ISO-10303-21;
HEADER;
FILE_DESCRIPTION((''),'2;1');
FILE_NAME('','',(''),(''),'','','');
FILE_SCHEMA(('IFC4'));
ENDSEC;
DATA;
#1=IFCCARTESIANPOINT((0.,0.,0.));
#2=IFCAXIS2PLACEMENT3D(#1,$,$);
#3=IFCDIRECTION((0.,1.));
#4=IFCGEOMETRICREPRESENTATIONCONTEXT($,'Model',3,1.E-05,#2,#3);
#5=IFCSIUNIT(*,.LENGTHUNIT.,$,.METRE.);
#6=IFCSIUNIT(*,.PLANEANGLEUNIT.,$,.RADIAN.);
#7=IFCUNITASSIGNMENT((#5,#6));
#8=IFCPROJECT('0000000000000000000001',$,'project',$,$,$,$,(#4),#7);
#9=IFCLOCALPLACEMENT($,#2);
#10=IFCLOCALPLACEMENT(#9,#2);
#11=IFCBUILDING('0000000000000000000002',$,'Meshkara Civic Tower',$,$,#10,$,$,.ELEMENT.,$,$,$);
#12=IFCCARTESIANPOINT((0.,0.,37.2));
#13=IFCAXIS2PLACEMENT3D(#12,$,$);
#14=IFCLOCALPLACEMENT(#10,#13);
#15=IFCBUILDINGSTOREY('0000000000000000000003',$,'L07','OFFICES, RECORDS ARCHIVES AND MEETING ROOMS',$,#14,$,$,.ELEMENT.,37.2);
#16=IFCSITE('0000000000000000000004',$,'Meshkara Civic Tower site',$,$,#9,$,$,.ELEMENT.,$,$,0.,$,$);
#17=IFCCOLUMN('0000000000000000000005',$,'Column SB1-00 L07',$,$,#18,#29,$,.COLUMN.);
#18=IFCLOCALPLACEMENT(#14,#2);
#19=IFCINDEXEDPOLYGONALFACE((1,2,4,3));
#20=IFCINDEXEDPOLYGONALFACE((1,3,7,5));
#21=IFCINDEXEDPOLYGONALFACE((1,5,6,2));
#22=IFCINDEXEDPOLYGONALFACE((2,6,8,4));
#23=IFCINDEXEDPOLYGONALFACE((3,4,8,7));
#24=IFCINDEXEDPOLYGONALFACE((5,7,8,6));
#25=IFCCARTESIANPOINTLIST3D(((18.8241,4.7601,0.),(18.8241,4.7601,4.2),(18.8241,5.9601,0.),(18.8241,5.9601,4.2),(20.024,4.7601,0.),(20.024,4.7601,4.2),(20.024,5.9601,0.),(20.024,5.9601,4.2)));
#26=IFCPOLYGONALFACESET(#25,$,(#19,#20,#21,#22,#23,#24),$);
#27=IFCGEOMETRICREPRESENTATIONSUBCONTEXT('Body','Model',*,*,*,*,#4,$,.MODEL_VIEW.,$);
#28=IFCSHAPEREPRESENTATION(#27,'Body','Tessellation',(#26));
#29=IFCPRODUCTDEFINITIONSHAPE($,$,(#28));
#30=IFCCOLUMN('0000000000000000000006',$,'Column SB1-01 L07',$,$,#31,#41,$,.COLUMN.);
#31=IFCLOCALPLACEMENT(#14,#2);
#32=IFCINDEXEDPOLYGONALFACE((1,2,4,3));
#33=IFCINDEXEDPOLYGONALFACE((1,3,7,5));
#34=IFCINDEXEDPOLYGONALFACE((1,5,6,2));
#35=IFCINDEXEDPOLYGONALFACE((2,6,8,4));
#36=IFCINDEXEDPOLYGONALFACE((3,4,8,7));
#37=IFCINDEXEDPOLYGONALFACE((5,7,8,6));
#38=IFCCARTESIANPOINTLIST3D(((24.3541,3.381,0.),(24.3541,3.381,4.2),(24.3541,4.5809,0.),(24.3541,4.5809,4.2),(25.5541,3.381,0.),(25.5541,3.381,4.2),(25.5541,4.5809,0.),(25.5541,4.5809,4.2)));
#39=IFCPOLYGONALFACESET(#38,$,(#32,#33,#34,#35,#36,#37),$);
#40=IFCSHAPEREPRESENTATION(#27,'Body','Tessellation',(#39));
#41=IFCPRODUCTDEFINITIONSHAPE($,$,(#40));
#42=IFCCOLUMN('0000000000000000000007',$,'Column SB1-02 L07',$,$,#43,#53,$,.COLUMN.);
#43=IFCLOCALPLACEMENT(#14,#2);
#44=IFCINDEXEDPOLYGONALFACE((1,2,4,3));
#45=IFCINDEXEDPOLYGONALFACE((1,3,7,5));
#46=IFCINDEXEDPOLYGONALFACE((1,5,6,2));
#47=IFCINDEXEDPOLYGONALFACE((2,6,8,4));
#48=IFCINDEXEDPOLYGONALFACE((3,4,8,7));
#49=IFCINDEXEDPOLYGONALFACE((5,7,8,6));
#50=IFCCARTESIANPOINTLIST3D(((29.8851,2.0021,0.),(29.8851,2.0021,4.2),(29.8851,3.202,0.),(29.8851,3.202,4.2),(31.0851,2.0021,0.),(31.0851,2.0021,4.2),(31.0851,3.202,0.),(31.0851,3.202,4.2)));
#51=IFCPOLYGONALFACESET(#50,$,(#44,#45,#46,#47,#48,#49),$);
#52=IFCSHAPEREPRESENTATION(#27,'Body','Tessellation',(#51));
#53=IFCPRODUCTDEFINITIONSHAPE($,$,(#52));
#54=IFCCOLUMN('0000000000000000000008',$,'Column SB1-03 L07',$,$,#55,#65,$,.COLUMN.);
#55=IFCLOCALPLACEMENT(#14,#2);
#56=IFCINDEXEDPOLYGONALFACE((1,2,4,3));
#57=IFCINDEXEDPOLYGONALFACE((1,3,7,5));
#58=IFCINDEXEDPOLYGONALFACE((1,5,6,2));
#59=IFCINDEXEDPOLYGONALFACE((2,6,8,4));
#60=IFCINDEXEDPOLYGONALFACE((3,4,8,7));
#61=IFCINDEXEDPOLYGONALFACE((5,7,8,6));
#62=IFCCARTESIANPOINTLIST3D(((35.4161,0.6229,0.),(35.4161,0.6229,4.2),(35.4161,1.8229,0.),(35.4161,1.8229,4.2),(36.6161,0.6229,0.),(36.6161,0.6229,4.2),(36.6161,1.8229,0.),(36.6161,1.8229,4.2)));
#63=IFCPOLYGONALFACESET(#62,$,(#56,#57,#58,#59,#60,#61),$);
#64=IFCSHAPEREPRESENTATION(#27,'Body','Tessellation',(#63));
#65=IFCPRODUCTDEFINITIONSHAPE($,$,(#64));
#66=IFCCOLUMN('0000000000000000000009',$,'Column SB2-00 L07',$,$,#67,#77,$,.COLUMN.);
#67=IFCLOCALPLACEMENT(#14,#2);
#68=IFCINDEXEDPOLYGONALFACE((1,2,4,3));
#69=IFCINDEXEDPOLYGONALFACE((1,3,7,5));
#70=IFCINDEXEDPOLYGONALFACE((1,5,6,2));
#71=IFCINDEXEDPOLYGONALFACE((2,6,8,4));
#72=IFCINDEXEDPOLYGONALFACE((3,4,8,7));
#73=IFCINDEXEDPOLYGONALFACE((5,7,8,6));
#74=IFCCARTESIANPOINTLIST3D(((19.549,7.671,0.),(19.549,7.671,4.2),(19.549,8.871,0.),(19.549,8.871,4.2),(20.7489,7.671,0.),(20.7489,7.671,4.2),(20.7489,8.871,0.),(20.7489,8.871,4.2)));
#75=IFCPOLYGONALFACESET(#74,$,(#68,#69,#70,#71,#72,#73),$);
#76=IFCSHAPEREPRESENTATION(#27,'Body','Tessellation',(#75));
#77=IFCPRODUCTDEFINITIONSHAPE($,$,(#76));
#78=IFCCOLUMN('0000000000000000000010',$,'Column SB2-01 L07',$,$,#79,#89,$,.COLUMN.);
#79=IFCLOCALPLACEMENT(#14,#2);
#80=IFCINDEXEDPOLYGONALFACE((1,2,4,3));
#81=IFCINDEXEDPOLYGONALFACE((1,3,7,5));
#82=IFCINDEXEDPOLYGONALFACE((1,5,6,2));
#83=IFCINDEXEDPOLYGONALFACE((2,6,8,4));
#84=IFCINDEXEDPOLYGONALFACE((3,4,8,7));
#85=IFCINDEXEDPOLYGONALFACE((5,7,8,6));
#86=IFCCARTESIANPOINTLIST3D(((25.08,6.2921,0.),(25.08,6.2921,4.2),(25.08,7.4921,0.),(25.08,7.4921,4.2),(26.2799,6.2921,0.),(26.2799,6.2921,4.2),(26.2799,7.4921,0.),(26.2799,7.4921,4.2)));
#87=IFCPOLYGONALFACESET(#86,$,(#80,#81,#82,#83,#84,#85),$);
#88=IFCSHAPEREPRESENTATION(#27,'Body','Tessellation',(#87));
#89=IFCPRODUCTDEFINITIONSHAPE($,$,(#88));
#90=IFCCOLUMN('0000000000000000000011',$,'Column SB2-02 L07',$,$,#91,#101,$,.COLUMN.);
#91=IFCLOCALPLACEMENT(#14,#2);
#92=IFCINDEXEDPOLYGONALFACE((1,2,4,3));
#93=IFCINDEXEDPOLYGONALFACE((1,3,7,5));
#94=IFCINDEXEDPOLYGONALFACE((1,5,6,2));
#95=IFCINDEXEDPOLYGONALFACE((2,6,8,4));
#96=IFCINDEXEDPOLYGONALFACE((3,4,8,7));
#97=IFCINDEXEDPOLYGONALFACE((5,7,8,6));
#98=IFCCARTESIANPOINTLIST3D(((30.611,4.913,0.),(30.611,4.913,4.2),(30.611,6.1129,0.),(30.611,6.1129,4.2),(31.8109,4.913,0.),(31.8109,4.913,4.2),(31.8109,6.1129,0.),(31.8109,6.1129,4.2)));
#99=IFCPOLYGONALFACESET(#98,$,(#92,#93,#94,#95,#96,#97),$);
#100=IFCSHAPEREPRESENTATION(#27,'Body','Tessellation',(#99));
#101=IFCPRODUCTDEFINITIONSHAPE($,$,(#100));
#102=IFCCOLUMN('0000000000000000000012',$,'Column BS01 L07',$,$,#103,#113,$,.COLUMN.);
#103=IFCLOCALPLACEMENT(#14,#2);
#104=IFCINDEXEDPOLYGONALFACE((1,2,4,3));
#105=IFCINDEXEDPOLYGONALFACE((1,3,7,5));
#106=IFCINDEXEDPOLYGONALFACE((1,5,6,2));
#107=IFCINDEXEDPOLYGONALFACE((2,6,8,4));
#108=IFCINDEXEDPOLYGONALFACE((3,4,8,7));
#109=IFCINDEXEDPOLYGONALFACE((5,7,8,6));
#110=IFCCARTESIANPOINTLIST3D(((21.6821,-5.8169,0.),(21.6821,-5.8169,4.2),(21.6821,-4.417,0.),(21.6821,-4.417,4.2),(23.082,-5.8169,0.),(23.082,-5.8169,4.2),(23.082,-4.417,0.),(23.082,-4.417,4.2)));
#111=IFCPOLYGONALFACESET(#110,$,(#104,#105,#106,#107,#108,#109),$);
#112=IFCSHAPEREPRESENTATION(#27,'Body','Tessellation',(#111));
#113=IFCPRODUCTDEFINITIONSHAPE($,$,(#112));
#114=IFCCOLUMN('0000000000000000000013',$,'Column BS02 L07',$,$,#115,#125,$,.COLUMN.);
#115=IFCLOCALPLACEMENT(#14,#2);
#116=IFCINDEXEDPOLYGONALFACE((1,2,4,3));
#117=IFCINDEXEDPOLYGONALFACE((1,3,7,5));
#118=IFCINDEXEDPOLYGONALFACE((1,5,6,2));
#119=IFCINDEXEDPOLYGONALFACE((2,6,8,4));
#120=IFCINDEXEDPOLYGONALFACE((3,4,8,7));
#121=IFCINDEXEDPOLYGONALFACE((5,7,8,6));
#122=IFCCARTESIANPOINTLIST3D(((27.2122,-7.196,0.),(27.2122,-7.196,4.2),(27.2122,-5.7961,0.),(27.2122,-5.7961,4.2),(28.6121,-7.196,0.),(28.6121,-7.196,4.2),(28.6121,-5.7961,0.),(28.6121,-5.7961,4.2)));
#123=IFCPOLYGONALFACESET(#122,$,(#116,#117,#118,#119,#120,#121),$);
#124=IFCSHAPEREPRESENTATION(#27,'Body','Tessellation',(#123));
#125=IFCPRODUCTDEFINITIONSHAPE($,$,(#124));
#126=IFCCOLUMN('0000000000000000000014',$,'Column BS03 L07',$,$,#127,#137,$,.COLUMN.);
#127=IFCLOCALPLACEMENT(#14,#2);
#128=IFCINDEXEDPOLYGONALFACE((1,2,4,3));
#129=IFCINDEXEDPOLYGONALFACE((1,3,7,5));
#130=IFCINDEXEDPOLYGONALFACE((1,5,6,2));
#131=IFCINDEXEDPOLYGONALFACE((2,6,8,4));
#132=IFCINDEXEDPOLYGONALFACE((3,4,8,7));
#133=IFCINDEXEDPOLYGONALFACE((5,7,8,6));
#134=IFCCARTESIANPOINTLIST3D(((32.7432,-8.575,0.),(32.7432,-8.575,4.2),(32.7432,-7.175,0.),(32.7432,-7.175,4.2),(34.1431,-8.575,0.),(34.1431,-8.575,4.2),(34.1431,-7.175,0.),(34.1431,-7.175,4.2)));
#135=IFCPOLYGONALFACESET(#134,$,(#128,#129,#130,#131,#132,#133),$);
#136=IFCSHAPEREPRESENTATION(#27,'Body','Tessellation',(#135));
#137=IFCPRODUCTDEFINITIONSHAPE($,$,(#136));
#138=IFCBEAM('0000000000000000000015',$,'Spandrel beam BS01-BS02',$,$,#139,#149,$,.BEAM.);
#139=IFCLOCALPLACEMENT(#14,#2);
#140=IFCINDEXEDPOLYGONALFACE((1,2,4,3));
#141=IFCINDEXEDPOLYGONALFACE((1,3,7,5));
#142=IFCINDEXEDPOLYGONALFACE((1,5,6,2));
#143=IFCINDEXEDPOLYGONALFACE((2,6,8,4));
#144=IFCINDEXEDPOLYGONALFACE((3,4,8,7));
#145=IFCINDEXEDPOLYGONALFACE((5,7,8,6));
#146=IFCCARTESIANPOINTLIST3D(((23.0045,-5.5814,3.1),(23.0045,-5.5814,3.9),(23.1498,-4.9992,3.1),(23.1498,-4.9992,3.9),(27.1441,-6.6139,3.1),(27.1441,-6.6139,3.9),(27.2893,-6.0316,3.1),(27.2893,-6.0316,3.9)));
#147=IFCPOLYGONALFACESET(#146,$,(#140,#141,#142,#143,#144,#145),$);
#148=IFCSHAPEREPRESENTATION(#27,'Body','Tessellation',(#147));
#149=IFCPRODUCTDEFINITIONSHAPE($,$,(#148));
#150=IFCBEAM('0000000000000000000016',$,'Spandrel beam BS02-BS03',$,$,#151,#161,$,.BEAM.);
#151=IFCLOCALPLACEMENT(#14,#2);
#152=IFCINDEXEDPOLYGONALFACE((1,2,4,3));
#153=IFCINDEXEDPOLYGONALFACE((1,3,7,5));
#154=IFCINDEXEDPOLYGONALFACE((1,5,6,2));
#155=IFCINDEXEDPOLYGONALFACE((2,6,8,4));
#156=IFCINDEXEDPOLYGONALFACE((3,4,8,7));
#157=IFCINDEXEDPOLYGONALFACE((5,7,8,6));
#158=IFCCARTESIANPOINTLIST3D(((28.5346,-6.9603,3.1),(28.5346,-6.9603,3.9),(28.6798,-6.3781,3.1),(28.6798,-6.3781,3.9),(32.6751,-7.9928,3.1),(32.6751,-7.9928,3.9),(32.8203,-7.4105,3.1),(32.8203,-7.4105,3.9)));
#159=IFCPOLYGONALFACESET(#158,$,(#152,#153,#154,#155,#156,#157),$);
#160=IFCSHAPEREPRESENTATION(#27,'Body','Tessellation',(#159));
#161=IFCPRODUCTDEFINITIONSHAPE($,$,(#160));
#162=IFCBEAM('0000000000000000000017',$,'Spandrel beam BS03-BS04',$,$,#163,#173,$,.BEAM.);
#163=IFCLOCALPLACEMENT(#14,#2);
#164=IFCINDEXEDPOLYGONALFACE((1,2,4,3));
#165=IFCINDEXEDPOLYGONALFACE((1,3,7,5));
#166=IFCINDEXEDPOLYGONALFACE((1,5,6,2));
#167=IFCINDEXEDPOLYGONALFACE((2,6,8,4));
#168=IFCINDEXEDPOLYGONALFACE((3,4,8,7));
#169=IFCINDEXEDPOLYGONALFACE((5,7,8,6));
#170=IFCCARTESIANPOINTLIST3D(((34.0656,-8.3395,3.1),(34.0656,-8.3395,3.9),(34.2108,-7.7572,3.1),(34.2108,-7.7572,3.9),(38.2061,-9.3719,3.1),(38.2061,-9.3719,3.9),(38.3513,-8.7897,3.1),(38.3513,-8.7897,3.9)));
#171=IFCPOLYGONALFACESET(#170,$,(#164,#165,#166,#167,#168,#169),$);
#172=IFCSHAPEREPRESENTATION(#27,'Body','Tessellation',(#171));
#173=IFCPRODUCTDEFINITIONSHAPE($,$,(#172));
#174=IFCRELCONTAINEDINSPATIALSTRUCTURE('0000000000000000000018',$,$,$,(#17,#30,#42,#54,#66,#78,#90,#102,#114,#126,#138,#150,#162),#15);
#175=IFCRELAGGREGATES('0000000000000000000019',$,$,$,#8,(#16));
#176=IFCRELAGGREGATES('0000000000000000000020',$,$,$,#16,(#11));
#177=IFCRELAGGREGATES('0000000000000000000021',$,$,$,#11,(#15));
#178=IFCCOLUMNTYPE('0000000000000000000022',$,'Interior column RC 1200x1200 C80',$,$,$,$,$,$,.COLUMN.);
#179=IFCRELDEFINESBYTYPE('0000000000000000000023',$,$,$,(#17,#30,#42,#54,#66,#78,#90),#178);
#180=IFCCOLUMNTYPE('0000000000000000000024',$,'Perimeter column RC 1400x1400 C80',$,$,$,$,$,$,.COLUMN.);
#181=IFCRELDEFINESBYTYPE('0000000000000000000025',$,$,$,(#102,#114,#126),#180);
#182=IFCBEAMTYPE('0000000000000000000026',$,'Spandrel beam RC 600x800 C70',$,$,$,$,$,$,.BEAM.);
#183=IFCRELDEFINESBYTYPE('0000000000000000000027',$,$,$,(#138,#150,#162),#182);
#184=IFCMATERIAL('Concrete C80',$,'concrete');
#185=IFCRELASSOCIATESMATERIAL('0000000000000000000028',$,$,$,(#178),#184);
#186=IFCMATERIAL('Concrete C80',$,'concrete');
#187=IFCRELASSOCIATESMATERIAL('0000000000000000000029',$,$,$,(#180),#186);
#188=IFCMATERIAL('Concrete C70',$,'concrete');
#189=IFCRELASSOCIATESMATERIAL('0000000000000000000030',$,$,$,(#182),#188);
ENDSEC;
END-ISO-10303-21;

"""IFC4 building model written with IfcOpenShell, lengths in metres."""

from ifc_helpers import new_model, si_unit, direction, frame, origin, origin_2d, place, context, subcontext, project, spatial, rectangle, extrude, material, material_profile, profile_set, type_object, element, save


model = new_model("IFC4")

# Units and contexts
model_context = context("Model", 3, precision=1e-05, world=origin(), true_north=direction((0.0, 1.0)))
body_context = subcontext(model_context, "Body", "Model", "MODEL_VIEW")
ifc_project = project(units=[si_unit("LENGTHUNIT", "METRE"), si_unit("PLANEANGLEUNIT", "RADIAN")], contexts=[model_context])

# Site, building, storey
site_placement = place(None, origin())
site = spatial("IfcSite", under=ifc_project, at=site_placement, Name="Meshkara Civic Tower site", CompositionType="ELEMENT", RefElevation=0.0)
building_placement = place(site_placement, origin())
building = spatial("IfcBuilding", under=site, at=building_placement, Name="Meshkara Civic Tower", CompositionType="ELEMENT")
storey_placement = place(building_placement, frame((0.0, 0.0, 37.2)))
storey = spatial("IfcBuildingStorey", under=building, at=storey_placement, Name="L07", Description="OFFICES, RECORDS ARCHIVES AND MEETING ROOMS", CompositionType="ELEMENT", Elevation=37.2)

# Columns
ifc_material_1 = material(Name="Concrete C80", Category="concrete")
ifc_material_profile_1 = material_profile(ifc_material_1, rectangle(XDim=1.2, YDim=1.2, at=origin_2d()))
ifc_profile_set_1 = profile_set([ifc_material_profile_1], Name="Concrete C80")
column_type_1 = type_object("IfcColumnType", Name="Interior column RC 1200x1200 C80", PredefinedType="COLUMN", material=ifc_profile_set_1)
for number, where, z_axis, x_axis, name in (
    (1, (19.4241, 5.3601, 0.0), (0.0, 0.0, 1.0), (1.0, 0.0, 0.0), "Column SB1-00 L07"),
    (2, (24.9541, 3.981, 0.0), (0.0, 0.0, 1.0), (1.0, 0.0, 0.0), "Column SB1-01 L07"),
    (3, (30.4851, 2.6021, 0.0), (0.0, 0.0, 1.0), (1.0, 0.0, 0.0), "Column SB1-02 L07"),
    (4, (36.0161, 1.2229, 0.0), (0.0, 0.0, 1.0), (1.0, 0.0, 0.0), "Column SB1-03 L07"),
    (5, (20.1489, 8.271, 0.0), (0.0, 0.0, 1.0), (1.0, 0.0, 0.0), "Column SB2-00 L07"),
    (6, (25.6799, 6.8921, 0.0), (0.0, 0.0, 1.0), (1.0, 0.0, 0.0), "Column SB2-01 L07"),
    (7, (31.2109, 5.5129, 0.0), (0.0, 0.0, 1.0), (1.0, 0.0, 0.0), "Column SB2-02 L07"),
):
    element("IfcColumn", number, at=place(storey_placement, frame(where, z_axis=z_axis, x_axis=x_axis)), inside=storey, type_object=column_type_1, Name=name, PredefinedType="COLUMN", context=body_context, shape_type="SweptSolid", body=[
        extrude(rectangle(XDim=1.2, YDim=1.2, at=origin_2d()), origin(), (0.0, 0.0, 1.0), 4.2),
    ])
ifc_material_2 = material(Name="Concrete C80", Category="concrete")
ifc_material_profile_2 = material_profile(ifc_material_2, rectangle(XDim=1.3999, YDim=1.3999, at=origin_2d()))
ifc_profile_set_2 = profile_set([ifc_material_profile_2], Name="Concrete C80")
column_type_2 = type_object("IfcColumnType", Name="Perimeter column RC 1400x1400 C80", PredefinedType="COLUMN", material=ifc_profile_set_2)
for number, where, z_axis, x_axis, name in (
    (8, (22.3821, -5.1169, 0.0), (0.0, 0.0, 1.0), (1.0, 0.0, 0.0), "Column BS01 L07"),
    (9, (27.9121, -6.4961, 0.0), (0.0, 0.0, 1.0), (1.0, 0.0, 0.0), "Column BS02 L07"),
    (10, (33.4431, -7.875, 0.0), (0.0, 0.0, 1.0), (1.0, 0.0, 0.0), "Column BS03 L07"),
):
    element("IfcColumn", number, at=place(storey_placement, frame(where, z_axis=z_axis, x_axis=x_axis)), inside=storey, type_object=column_type_2, Name=name, PredefinedType="COLUMN", context=body_context, shape_type="SweptSolid", body=[
        extrude(rectangle(XDim=1.3999, YDim=1.3999, at=origin_2d()), origin(), (0.0, 0.0, 1.0), 4.2),
    ])

# Beams
ifc_material_3 = material(Name="Concrete C70", Category="concrete")
ifc_material_profile_3 = material_profile(ifc_material_3, rectangle(XDim=0.6001, YDim=0.8, at=origin_2d()))
ifc_profile_set_3 = profile_set([ifc_material_profile_3], Name="Concrete C70")
beam_type = type_object("IfcBeamType", Name="Spandrel beam RC 600x800 C70", PredefinedType="BEAM", material=ifc_profile_set_3)
beam_placement = place(storey_placement, frame((23.0771, -5.2903, 3.5), z_axis=(0.970277, -0.241997, 0.0), x_axis=(0.241997, 0.970277, 0.0)))
element("IfcBeam", 11, at=beam_placement, inside=storey, type_object=beam_type, Name="Spandrel beam BS01-BS02", PredefinedType="BEAM", context=body_context, shape_type="SweptSolid", body=[
    extrude(rectangle(XDim=0.6001, YDim=0.8, at=origin_2d()), origin(), (0.0, 0.0, 1.0), 4.2664),
])
for number, where, z_axis, x_axis, name in (
    (12, (28.6072, -6.6692, 3.5), (0.97029, -0.241943, 0.0), (0.241943, 0.97029, 0.0), "Spandrel beam BS02-BS03"),
    (13, (34.1382, -8.0483, 3.5), (0.97029, -0.241943, 0.0), (0.241943, 0.97029, 0.0), "Spandrel beam BS03-BS04"),
):
    element("IfcBeam", number, at=place(storey_placement, frame(where, z_axis=z_axis, x_axis=x_axis)), inside=storey, type_object=beam_type, Name=name, PredefinedType="BEAM", context=body_context, shape_type="SweptSolid", body=[
        extrude(rectangle(XDim=0.6001, YDim=0.8, at=origin_2d()), origin(), (0.0, 0.0, 1.0), 4.2673),
    ])

save(model, "model.ifc")
